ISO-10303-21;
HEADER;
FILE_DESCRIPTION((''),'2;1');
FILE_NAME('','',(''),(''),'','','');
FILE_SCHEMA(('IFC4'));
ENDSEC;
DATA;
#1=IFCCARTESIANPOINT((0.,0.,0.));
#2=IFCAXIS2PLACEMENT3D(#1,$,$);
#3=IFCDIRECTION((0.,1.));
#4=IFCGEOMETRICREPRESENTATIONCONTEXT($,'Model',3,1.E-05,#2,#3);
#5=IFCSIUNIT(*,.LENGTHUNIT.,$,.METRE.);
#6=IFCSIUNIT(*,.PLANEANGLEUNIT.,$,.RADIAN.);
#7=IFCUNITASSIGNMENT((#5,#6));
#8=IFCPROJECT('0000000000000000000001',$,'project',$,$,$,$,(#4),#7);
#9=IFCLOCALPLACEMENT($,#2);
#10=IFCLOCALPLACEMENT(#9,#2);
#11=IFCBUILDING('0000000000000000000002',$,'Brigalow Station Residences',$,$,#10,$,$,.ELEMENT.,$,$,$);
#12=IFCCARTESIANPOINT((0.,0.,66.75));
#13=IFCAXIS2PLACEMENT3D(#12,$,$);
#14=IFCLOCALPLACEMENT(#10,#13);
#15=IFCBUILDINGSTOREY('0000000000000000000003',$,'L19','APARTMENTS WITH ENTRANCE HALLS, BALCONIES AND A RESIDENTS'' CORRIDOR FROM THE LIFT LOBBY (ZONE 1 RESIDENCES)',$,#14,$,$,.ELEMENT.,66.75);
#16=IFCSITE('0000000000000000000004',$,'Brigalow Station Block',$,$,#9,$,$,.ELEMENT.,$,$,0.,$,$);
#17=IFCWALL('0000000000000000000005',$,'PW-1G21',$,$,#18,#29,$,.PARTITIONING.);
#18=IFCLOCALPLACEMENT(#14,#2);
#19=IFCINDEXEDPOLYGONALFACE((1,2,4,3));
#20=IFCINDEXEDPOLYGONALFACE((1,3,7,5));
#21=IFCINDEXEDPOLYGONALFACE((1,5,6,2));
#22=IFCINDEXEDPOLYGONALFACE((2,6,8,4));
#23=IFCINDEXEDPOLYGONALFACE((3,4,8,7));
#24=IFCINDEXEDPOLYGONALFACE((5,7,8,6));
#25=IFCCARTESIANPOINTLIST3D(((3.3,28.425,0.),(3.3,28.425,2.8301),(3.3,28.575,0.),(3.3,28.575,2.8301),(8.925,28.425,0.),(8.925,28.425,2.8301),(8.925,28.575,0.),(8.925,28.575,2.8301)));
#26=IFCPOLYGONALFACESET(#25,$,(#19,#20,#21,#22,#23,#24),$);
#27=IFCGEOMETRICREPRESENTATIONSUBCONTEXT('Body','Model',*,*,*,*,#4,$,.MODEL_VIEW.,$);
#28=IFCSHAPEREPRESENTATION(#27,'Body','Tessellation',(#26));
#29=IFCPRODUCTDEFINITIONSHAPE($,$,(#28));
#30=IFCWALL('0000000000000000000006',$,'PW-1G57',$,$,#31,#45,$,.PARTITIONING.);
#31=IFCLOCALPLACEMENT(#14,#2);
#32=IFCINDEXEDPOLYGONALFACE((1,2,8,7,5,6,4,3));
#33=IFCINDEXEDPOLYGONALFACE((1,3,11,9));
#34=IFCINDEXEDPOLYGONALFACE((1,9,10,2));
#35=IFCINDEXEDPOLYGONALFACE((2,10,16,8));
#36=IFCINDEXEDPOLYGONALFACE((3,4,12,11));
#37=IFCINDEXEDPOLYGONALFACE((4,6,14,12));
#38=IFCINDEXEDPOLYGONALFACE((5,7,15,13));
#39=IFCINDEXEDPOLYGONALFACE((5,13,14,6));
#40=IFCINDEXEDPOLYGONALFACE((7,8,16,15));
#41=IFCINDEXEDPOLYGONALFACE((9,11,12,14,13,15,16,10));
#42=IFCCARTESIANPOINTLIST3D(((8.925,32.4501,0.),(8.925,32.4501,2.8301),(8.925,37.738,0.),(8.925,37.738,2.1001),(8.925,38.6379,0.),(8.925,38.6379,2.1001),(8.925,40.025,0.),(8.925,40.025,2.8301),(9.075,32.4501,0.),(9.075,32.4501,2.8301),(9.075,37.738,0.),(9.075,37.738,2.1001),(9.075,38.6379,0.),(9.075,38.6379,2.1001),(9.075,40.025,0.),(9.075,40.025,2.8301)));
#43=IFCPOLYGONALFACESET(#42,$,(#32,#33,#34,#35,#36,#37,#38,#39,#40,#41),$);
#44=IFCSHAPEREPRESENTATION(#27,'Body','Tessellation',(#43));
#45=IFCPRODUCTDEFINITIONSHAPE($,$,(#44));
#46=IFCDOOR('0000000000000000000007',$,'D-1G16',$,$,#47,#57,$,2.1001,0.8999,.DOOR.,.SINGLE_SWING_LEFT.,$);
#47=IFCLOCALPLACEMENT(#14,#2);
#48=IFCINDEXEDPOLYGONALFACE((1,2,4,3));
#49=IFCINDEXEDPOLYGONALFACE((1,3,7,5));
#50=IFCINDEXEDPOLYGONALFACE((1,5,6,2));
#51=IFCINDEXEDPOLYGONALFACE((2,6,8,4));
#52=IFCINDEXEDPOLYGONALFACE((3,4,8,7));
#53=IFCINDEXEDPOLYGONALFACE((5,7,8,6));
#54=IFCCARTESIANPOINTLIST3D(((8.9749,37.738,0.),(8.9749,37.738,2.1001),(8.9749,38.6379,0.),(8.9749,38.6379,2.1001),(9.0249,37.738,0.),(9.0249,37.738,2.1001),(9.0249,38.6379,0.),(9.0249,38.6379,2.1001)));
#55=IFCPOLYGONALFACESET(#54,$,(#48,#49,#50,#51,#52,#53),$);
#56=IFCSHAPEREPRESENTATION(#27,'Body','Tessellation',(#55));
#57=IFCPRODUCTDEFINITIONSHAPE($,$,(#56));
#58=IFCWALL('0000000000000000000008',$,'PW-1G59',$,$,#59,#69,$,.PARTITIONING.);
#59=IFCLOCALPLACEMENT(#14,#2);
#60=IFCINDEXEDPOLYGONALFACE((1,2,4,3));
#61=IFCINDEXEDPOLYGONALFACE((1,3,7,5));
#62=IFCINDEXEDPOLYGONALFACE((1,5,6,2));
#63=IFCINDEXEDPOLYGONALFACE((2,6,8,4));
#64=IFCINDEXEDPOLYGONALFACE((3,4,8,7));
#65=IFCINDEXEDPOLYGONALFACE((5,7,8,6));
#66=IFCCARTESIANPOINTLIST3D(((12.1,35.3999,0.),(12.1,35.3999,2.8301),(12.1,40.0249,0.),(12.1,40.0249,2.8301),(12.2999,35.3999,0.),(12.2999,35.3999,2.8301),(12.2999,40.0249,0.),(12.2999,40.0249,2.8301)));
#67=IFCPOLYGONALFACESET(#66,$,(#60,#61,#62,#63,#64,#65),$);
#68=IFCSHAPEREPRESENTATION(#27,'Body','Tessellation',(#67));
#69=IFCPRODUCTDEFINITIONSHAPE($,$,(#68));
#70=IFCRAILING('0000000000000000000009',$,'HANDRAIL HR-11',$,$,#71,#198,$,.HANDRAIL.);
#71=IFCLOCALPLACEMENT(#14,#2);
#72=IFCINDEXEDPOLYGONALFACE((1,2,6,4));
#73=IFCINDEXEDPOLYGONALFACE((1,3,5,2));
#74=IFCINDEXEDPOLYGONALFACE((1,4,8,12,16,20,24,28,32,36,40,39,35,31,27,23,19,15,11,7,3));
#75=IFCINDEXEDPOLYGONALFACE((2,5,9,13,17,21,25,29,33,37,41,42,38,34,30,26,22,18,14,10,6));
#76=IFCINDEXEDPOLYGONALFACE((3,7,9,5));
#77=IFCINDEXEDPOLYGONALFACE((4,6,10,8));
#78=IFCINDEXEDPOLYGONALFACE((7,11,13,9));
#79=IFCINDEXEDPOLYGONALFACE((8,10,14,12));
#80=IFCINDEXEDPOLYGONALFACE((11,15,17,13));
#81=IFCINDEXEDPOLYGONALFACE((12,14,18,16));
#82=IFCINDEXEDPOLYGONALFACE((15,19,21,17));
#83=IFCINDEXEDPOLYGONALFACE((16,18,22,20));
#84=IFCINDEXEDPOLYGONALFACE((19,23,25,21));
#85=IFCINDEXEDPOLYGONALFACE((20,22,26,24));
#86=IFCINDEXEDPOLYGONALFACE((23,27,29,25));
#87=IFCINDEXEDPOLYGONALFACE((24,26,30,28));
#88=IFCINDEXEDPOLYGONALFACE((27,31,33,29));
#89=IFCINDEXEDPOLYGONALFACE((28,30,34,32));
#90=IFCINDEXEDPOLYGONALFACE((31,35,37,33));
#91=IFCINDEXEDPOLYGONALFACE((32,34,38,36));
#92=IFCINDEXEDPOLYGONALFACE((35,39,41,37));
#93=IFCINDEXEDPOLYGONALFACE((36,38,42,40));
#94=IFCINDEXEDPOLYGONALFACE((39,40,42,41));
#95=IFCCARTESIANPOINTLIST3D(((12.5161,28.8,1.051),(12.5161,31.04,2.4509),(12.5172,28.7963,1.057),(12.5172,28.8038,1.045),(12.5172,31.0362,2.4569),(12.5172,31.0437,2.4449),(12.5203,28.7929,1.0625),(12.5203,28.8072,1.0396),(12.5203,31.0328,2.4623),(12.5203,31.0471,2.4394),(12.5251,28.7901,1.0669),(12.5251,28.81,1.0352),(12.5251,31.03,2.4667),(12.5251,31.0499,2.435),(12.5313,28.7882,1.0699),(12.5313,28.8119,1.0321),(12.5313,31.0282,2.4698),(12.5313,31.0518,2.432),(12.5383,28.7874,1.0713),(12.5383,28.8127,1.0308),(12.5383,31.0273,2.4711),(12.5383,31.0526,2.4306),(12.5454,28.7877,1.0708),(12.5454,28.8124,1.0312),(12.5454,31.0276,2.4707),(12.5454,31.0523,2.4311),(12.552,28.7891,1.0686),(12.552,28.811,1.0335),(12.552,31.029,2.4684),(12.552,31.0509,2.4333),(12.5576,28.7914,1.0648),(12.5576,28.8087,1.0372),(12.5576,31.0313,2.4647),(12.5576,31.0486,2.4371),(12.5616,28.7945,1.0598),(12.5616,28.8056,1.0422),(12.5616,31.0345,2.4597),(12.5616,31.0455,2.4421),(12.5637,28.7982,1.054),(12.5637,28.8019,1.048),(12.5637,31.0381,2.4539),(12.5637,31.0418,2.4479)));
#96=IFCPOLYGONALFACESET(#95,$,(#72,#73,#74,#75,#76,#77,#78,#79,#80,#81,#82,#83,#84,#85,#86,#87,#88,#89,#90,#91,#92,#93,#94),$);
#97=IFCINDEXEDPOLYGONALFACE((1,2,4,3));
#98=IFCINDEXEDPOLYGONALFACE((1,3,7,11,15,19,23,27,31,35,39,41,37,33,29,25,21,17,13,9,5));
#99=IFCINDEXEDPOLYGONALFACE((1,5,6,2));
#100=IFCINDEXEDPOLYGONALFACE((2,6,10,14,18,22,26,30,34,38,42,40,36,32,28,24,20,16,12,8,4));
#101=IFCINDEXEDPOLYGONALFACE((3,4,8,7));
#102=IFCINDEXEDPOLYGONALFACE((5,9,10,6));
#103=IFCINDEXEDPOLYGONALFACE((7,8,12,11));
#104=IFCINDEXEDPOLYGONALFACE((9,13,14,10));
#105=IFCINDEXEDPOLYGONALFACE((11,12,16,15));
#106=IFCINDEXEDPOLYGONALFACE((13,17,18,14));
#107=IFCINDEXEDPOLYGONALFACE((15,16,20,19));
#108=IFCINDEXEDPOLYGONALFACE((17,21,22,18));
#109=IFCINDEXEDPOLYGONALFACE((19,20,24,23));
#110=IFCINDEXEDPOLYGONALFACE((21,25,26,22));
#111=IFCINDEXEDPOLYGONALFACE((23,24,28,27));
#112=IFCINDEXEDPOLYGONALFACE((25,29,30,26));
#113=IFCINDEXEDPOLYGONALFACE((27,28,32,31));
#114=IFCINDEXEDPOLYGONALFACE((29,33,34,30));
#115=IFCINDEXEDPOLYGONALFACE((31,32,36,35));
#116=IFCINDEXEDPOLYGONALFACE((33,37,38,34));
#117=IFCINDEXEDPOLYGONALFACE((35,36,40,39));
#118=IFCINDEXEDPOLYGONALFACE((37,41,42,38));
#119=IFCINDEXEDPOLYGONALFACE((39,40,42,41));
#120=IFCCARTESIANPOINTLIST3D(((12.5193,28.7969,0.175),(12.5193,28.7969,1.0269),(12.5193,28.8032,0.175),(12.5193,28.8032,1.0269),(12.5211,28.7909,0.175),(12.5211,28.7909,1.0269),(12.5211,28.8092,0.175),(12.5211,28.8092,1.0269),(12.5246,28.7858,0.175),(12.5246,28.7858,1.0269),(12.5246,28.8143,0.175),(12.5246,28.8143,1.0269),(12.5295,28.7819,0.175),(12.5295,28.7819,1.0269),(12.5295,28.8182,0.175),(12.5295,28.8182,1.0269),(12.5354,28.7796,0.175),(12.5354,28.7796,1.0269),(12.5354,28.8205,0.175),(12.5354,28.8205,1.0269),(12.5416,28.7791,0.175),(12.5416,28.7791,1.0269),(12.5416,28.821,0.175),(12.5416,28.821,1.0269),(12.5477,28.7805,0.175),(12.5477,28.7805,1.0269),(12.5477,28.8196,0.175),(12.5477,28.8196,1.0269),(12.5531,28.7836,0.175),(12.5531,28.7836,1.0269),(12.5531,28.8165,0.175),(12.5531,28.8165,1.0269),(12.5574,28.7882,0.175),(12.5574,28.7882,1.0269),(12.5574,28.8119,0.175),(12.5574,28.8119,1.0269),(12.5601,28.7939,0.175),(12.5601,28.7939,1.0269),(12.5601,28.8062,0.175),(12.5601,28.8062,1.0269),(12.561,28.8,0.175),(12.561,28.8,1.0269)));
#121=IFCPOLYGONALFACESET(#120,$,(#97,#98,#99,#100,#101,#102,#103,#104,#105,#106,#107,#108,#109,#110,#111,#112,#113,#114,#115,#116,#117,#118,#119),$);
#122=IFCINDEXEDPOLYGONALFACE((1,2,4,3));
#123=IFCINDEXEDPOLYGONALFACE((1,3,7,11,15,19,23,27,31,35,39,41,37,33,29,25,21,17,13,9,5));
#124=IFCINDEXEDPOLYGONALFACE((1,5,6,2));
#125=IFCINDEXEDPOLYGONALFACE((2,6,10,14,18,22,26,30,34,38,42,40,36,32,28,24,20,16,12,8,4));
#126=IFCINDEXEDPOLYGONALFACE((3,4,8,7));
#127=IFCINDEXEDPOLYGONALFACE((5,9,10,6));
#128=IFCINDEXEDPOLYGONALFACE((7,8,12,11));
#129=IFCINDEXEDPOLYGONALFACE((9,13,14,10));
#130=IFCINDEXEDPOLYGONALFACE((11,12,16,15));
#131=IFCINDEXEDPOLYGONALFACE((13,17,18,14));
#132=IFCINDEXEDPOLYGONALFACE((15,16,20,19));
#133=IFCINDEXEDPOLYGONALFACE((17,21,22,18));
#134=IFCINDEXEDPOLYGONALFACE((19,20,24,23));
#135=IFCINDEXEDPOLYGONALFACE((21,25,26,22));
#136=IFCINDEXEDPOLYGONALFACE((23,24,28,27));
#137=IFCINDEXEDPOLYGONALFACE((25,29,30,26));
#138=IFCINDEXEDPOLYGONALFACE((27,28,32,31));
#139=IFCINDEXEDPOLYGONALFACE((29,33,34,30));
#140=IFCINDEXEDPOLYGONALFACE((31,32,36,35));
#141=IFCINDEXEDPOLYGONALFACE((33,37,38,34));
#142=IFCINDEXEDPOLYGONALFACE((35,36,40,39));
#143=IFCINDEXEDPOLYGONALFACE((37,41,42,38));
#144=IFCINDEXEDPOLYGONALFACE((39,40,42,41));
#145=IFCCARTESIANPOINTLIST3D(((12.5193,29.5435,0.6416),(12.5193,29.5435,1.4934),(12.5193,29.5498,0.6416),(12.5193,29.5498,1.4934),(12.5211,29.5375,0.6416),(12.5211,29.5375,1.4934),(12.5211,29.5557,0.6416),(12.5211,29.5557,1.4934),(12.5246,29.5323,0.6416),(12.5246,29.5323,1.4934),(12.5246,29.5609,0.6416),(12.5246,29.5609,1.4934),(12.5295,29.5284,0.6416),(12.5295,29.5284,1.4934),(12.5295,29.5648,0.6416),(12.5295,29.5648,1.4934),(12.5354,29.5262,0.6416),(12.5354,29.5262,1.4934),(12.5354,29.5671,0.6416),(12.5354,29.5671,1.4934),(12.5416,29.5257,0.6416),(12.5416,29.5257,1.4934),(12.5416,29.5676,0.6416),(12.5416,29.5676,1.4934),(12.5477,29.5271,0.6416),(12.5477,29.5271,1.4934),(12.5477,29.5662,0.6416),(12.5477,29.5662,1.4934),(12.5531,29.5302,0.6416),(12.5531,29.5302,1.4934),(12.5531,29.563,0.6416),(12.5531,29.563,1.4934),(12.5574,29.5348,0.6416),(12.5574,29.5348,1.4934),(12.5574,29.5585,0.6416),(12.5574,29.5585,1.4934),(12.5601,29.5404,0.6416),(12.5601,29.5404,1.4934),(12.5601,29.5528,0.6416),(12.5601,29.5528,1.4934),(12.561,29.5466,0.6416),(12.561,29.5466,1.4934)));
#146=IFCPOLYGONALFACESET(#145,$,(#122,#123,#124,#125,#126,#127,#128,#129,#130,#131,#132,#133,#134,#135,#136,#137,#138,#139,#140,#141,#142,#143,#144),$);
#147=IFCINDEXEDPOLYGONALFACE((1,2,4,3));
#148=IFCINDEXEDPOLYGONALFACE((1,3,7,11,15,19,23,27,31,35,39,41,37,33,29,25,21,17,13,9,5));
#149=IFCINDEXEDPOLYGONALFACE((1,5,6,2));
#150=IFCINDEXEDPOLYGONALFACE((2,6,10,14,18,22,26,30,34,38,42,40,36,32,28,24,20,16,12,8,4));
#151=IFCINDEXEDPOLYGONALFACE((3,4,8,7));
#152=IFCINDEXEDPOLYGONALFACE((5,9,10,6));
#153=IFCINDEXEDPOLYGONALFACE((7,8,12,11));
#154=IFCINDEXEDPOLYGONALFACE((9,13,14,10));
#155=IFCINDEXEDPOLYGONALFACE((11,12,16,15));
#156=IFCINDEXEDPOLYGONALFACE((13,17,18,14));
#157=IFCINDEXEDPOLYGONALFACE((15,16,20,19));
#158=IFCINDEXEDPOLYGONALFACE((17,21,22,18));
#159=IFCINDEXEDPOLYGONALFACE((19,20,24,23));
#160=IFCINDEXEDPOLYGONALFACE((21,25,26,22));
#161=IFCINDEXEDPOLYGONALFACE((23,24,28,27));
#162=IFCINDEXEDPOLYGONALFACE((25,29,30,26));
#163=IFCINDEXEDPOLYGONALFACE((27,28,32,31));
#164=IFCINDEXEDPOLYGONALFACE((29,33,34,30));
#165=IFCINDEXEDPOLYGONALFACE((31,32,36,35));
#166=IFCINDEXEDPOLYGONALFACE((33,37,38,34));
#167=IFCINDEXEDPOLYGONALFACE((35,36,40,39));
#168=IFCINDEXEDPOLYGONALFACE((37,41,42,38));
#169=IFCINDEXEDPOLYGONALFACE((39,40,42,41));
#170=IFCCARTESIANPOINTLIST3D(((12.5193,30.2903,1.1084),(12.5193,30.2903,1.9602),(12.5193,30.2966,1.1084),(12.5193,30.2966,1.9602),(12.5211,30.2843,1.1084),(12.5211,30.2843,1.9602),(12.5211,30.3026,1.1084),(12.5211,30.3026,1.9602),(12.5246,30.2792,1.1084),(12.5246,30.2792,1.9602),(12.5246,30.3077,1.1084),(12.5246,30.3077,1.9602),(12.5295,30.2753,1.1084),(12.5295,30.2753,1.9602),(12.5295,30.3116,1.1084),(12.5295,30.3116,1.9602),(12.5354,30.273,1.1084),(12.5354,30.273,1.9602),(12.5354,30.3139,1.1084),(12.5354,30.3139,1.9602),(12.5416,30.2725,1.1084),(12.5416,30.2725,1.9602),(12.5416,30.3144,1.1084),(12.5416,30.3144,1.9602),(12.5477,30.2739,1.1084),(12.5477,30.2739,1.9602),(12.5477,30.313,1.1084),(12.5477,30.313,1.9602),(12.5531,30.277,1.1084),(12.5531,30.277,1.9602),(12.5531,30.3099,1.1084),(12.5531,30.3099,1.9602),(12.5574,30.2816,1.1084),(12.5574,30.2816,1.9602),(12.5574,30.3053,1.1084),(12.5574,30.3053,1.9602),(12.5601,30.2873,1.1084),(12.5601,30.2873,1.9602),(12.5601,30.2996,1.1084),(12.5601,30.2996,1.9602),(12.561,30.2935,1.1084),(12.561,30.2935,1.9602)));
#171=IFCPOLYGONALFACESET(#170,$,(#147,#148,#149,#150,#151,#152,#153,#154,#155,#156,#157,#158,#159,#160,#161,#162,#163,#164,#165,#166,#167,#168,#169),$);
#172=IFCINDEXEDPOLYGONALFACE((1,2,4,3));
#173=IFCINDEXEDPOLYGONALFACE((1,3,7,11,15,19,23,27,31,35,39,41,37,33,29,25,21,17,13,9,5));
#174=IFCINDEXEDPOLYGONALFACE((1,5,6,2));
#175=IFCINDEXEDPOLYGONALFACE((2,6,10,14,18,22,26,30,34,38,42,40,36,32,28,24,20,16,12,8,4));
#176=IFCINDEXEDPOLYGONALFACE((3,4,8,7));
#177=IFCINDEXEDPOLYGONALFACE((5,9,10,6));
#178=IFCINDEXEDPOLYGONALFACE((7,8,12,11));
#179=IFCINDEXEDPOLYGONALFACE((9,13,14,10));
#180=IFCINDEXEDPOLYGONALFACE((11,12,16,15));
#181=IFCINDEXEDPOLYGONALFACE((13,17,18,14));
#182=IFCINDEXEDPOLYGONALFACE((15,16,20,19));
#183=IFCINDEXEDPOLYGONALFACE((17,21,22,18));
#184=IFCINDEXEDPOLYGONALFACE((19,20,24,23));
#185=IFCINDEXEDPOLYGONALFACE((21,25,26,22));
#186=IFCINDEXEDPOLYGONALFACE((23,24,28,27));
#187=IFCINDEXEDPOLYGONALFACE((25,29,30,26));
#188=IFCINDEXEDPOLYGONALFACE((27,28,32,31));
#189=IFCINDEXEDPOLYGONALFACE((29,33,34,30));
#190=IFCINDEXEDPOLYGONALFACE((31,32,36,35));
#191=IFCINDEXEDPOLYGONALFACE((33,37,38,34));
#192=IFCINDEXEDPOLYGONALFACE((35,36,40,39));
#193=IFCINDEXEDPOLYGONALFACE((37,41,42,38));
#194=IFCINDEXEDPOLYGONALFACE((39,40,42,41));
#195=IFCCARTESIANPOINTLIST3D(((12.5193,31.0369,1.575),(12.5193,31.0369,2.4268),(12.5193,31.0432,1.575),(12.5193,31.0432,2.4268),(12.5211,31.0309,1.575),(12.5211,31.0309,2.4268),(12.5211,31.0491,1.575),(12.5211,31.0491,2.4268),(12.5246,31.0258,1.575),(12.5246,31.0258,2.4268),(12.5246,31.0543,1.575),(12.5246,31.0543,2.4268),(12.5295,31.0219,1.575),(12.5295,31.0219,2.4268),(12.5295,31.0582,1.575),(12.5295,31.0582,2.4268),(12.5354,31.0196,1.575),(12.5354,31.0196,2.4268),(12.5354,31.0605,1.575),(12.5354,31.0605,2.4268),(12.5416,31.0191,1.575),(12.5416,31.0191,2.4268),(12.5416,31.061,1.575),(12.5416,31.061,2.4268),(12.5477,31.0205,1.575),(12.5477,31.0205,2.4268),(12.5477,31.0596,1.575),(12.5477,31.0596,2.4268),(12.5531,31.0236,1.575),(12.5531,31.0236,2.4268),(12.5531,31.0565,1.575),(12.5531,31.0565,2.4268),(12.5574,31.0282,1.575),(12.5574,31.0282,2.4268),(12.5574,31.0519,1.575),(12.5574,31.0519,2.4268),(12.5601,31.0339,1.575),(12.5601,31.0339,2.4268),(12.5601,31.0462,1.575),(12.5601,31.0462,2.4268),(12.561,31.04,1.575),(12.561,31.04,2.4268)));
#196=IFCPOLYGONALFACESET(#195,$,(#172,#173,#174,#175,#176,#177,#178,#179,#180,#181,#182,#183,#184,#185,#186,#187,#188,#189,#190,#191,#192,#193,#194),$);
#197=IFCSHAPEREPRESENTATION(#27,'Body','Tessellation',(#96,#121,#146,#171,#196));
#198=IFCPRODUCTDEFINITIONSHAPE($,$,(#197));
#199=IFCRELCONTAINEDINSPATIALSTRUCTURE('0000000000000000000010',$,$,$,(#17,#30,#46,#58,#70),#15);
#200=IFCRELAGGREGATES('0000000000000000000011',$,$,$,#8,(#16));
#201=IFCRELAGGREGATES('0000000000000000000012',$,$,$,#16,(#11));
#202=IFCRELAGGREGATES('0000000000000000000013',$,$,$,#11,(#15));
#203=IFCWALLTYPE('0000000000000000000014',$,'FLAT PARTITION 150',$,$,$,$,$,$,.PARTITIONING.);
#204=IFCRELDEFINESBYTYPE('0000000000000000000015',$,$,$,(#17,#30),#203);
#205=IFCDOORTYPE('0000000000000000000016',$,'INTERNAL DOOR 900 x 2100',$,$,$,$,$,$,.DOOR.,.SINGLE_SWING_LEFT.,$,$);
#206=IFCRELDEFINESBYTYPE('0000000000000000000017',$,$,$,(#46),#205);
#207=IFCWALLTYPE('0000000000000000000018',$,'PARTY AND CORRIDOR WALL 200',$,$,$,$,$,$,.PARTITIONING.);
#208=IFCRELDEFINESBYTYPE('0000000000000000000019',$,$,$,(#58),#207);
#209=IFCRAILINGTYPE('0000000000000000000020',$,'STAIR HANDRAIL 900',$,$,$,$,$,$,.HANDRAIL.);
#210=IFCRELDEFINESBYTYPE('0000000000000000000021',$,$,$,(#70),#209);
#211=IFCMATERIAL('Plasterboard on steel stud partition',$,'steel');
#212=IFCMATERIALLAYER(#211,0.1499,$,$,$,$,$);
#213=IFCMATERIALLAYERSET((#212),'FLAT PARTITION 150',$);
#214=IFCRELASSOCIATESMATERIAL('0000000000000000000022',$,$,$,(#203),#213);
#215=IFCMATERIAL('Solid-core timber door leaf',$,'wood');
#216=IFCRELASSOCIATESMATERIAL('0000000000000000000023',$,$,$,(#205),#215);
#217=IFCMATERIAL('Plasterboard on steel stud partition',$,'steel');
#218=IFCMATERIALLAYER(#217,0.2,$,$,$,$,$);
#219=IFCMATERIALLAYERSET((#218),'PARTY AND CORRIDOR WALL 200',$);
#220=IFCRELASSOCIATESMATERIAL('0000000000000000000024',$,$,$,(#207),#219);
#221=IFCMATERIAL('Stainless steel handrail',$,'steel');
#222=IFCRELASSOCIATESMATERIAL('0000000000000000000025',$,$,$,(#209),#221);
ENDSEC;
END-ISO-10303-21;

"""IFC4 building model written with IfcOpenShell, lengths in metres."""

from ifc_helpers import new_model, si_unit, direction, frame, frame_2d, origin, origin_2d, place, context, subcontext, project, spatial, rectangle, circle, extrude, material, layer, layer_set, type_object, element, fill, save


model = new_model("IFC4")

# Units and contexts
model_context = context("Model", 3, precision=1e-05, world=origin(), true_north=direction((0.0, 1.0)))
body_context = subcontext(model_context, "Body", "Model", "MODEL_VIEW")
ifc_project = project(units=[si_unit("LENGTHUNIT", "METRE"), si_unit("PLANEANGLEUNIT", "RADIAN")], contexts=[model_context])

# Site, building, storey
site_placement = place(None, origin())
site = spatial("IfcSite", under=ifc_project, at=site_placement, Name="Brigalow Station Block", CompositionType="ELEMENT", RefElevation=0.0)
building_placement = place(site_placement, origin())
building = spatial("IfcBuilding", under=site, at=building_placement, Name="Brigalow Station Residences", CompositionType="ELEMENT")
storey_placement = place(building_placement, frame((0.0, 0.0, 66.75)))
storey = spatial("IfcBuildingStorey", under=building, at=storey_placement, Name="L19", Description="APARTMENTS WITH ENTRANCE HALLS, BALCONIES AND A RESIDENTS' CORRIDOR FROM THE LIFT LOBBY (ZONE 1 RESIDENCES)", CompositionType="ELEMENT", Elevation=66.75)

# Shared definitions
ifc_material_1 = material(Name="Plasterboard on steel stud partition", Category="steel")
ifc_layer_1 = layer(ifc_material_1, 0.1499)
ifc_layer_set_1 = layer_set([ifc_layer_1], Name="FLAT PARTITION 150")
wall_type_1 = type_object("IfcWallType", Name="FLAT PARTITION 150", PredefinedType="PARTITIONING", material=ifc_layer_set_1)
ifc_material_2 = material(Name="Solid-core timber door leaf", Category="wood")
door_type_1 = type_object("IfcDoorType", Name="INTERNAL DOOR 900 x 2100", OperationType="SINGLE_SWING_LEFT", PredefinedType="DOOR", material=ifc_material_2)

# Wall
wall_1_placement = place(storey_placement, frame((3.3, 28.5, 0.0), z_axis=(0.0, 0.0, 1.0), x_axis=(1.0, 0.0, 0.0)))
element("IfcWall", 1, at=wall_1_placement, inside=storey, type_object=wall_type_1, Name="PW-1G21", PredefinedType="PARTITIONING", context=body_context, shape_type="SweptSolid", body=[
    extrude(rectangle(XDim=5.625, YDim=0.1499, at=frame_2d((2.8125, 0.0))), origin(), (0.0, 0.0, 1.0), 2.8301),
])

# Wall, opening, door
wall_2_placement = place(storey_placement, frame((9.0, 32.45, 0.0), z_axis=(0.0, 0.0, 1.0), x_axis=(0.0, 1.0, 0.0)))
wall_2 = element("IfcWall", 2, at=wall_2_placement, inside=storey, type_object=wall_type_1, Name="PW-1G57", PredefinedType="PARTITIONING", context=body_context, shape_type="SweptSolid", body=[
    extrude(rectangle(XDim=7.575, YDim=0.1499, at=frame_2d((3.7876, 0.0))), origin(), (0.0, 0.0, 1.0), 2.8301),
])
opening_1_placement = place(wall_2_placement, frame((5.2881, 0.0, 0.0)))
opening_1 = element("IfcOpeningElement", 3, at=opening_1_placement, cuts=wall_2, PredefinedType="OPENING", context=body_context, shape_type="SweptSolid", body=[
    extrude(rectangle(XDim=0.8999, YDim=2.1001, at=frame_2d((0.45, 1.05))), frame((0.0, 0.085, 0.0), z_axis=(0.0, -1.0, 0.0), x_axis=(1.0, 0.0, 0.0)), (0.0, 0.0, 1.0), 0.1699),
])
door_1_placement = place(opening_1_placement, frame((0.8999, 0.0, 0.0), z_axis=(0.0, 0.0, 1.0), x_axis=(-1.0, 0.0, 0.0)))
door_1 = element("IfcDoor", 4, at=door_1_placement, inside=storey, type_object=door_type_1, Name="D-1G16", OperationType="SINGLE_SWING_LEFT", OverallHeight=2.1001, OverallWidth=0.8999, PredefinedType="DOOR", context=body_context, shape_type="SweptSolid", body=[
    extrude(rectangle(XDim=0.8999, YDim=2.1001, at=frame_2d((0.45, 1.05))), frame((0.0, 0.0249, 0.0), z_axis=(0.0, -1.0, 0.0), x_axis=(1.0, 0.0, 0.0)), (0.0, 0.0, 1.0), 0.05),
])
fill(opening_1, door_1)

# Wall
ifc_material_3 = material(Name="Plasterboard on steel stud partition", Category="steel")
ifc_layer_2 = layer(ifc_material_3, 0.2)
ifc_layer_set_2 = layer_set([ifc_layer_2], Name="PARTY AND CORRIDOR WALL 200")
wall_type_2 = type_object("IfcWallType", Name="PARTY AND CORRIDOR WALL 200", PredefinedType="PARTITIONING", material=ifc_layer_set_2)
wall_3_placement = place(storey_placement, frame((12.2, 35.3999, 0.0), z_axis=(0.0, 0.0, 1.0), x_axis=(0.0, 1.0, 0.0)))
element("IfcWall", 5, at=wall_3_placement, inside=storey, type_object=wall_type_2, Name="PW-1G59", PredefinedType="PARTITIONING", context=body_context, shape_type="SweptSolid", body=[
    extrude(rectangle(XDim=4.625, YDim=0.2, at=frame_2d((2.3125, 0.0))), origin(), (0.0, 0.0, 1.0), 2.8301),
])

# Railing
ifc_material_4 = material(Name="Stainless steel handrail", Category="steel")
railing_type_1 = type_object("IfcRailingType", Name="STAIR HANDRAIL 900", PredefinedType="HANDRAIL", material=ifc_material_4)
railing_1_placement = place(storey_placement, frame((12.54, 28.8, 0.175)))
element("IfcRailing", 6, at=railing_1_placement, inside=storey, type_object=railing_type_1, Name="HANDRAIL HR-11", PredefinedType="HANDRAIL", context=body_context, shape_type="SweptSolid", body=[
    extrude(circle(Radius=0.0239, at=origin_2d()), frame((0.0, 0.0, 0.876), z_axis=(0.0, 0.848014, 0.529974), x_axis=(-1.0, 0.0, 0.0)), (0.0, 0.0, 1.0), 2.6414),
    extrude(circle(Radius=0.021, at=origin_2d()), origin(), (0.0, 0.0, 1.0), 0.8518),
    extrude(circle(Radius=0.021, at=origin_2d()), frame((0.0, 0.7466, 0.4666)), (0.0, 0.0, 1.0), 0.8518),
    extrude(circle(Radius=0.021, at=origin_2d()), frame((0.0, 1.4934, 0.9333)), (0.0, 0.0, 1.0), 0.8518),
    extrude(circle(Radius=0.021, at=origin_2d()), frame((0.0, 2.24, 1.3999)), (0.0, 0.0, 1.0), 0.8518),
])

save(model, "model.ifc")
